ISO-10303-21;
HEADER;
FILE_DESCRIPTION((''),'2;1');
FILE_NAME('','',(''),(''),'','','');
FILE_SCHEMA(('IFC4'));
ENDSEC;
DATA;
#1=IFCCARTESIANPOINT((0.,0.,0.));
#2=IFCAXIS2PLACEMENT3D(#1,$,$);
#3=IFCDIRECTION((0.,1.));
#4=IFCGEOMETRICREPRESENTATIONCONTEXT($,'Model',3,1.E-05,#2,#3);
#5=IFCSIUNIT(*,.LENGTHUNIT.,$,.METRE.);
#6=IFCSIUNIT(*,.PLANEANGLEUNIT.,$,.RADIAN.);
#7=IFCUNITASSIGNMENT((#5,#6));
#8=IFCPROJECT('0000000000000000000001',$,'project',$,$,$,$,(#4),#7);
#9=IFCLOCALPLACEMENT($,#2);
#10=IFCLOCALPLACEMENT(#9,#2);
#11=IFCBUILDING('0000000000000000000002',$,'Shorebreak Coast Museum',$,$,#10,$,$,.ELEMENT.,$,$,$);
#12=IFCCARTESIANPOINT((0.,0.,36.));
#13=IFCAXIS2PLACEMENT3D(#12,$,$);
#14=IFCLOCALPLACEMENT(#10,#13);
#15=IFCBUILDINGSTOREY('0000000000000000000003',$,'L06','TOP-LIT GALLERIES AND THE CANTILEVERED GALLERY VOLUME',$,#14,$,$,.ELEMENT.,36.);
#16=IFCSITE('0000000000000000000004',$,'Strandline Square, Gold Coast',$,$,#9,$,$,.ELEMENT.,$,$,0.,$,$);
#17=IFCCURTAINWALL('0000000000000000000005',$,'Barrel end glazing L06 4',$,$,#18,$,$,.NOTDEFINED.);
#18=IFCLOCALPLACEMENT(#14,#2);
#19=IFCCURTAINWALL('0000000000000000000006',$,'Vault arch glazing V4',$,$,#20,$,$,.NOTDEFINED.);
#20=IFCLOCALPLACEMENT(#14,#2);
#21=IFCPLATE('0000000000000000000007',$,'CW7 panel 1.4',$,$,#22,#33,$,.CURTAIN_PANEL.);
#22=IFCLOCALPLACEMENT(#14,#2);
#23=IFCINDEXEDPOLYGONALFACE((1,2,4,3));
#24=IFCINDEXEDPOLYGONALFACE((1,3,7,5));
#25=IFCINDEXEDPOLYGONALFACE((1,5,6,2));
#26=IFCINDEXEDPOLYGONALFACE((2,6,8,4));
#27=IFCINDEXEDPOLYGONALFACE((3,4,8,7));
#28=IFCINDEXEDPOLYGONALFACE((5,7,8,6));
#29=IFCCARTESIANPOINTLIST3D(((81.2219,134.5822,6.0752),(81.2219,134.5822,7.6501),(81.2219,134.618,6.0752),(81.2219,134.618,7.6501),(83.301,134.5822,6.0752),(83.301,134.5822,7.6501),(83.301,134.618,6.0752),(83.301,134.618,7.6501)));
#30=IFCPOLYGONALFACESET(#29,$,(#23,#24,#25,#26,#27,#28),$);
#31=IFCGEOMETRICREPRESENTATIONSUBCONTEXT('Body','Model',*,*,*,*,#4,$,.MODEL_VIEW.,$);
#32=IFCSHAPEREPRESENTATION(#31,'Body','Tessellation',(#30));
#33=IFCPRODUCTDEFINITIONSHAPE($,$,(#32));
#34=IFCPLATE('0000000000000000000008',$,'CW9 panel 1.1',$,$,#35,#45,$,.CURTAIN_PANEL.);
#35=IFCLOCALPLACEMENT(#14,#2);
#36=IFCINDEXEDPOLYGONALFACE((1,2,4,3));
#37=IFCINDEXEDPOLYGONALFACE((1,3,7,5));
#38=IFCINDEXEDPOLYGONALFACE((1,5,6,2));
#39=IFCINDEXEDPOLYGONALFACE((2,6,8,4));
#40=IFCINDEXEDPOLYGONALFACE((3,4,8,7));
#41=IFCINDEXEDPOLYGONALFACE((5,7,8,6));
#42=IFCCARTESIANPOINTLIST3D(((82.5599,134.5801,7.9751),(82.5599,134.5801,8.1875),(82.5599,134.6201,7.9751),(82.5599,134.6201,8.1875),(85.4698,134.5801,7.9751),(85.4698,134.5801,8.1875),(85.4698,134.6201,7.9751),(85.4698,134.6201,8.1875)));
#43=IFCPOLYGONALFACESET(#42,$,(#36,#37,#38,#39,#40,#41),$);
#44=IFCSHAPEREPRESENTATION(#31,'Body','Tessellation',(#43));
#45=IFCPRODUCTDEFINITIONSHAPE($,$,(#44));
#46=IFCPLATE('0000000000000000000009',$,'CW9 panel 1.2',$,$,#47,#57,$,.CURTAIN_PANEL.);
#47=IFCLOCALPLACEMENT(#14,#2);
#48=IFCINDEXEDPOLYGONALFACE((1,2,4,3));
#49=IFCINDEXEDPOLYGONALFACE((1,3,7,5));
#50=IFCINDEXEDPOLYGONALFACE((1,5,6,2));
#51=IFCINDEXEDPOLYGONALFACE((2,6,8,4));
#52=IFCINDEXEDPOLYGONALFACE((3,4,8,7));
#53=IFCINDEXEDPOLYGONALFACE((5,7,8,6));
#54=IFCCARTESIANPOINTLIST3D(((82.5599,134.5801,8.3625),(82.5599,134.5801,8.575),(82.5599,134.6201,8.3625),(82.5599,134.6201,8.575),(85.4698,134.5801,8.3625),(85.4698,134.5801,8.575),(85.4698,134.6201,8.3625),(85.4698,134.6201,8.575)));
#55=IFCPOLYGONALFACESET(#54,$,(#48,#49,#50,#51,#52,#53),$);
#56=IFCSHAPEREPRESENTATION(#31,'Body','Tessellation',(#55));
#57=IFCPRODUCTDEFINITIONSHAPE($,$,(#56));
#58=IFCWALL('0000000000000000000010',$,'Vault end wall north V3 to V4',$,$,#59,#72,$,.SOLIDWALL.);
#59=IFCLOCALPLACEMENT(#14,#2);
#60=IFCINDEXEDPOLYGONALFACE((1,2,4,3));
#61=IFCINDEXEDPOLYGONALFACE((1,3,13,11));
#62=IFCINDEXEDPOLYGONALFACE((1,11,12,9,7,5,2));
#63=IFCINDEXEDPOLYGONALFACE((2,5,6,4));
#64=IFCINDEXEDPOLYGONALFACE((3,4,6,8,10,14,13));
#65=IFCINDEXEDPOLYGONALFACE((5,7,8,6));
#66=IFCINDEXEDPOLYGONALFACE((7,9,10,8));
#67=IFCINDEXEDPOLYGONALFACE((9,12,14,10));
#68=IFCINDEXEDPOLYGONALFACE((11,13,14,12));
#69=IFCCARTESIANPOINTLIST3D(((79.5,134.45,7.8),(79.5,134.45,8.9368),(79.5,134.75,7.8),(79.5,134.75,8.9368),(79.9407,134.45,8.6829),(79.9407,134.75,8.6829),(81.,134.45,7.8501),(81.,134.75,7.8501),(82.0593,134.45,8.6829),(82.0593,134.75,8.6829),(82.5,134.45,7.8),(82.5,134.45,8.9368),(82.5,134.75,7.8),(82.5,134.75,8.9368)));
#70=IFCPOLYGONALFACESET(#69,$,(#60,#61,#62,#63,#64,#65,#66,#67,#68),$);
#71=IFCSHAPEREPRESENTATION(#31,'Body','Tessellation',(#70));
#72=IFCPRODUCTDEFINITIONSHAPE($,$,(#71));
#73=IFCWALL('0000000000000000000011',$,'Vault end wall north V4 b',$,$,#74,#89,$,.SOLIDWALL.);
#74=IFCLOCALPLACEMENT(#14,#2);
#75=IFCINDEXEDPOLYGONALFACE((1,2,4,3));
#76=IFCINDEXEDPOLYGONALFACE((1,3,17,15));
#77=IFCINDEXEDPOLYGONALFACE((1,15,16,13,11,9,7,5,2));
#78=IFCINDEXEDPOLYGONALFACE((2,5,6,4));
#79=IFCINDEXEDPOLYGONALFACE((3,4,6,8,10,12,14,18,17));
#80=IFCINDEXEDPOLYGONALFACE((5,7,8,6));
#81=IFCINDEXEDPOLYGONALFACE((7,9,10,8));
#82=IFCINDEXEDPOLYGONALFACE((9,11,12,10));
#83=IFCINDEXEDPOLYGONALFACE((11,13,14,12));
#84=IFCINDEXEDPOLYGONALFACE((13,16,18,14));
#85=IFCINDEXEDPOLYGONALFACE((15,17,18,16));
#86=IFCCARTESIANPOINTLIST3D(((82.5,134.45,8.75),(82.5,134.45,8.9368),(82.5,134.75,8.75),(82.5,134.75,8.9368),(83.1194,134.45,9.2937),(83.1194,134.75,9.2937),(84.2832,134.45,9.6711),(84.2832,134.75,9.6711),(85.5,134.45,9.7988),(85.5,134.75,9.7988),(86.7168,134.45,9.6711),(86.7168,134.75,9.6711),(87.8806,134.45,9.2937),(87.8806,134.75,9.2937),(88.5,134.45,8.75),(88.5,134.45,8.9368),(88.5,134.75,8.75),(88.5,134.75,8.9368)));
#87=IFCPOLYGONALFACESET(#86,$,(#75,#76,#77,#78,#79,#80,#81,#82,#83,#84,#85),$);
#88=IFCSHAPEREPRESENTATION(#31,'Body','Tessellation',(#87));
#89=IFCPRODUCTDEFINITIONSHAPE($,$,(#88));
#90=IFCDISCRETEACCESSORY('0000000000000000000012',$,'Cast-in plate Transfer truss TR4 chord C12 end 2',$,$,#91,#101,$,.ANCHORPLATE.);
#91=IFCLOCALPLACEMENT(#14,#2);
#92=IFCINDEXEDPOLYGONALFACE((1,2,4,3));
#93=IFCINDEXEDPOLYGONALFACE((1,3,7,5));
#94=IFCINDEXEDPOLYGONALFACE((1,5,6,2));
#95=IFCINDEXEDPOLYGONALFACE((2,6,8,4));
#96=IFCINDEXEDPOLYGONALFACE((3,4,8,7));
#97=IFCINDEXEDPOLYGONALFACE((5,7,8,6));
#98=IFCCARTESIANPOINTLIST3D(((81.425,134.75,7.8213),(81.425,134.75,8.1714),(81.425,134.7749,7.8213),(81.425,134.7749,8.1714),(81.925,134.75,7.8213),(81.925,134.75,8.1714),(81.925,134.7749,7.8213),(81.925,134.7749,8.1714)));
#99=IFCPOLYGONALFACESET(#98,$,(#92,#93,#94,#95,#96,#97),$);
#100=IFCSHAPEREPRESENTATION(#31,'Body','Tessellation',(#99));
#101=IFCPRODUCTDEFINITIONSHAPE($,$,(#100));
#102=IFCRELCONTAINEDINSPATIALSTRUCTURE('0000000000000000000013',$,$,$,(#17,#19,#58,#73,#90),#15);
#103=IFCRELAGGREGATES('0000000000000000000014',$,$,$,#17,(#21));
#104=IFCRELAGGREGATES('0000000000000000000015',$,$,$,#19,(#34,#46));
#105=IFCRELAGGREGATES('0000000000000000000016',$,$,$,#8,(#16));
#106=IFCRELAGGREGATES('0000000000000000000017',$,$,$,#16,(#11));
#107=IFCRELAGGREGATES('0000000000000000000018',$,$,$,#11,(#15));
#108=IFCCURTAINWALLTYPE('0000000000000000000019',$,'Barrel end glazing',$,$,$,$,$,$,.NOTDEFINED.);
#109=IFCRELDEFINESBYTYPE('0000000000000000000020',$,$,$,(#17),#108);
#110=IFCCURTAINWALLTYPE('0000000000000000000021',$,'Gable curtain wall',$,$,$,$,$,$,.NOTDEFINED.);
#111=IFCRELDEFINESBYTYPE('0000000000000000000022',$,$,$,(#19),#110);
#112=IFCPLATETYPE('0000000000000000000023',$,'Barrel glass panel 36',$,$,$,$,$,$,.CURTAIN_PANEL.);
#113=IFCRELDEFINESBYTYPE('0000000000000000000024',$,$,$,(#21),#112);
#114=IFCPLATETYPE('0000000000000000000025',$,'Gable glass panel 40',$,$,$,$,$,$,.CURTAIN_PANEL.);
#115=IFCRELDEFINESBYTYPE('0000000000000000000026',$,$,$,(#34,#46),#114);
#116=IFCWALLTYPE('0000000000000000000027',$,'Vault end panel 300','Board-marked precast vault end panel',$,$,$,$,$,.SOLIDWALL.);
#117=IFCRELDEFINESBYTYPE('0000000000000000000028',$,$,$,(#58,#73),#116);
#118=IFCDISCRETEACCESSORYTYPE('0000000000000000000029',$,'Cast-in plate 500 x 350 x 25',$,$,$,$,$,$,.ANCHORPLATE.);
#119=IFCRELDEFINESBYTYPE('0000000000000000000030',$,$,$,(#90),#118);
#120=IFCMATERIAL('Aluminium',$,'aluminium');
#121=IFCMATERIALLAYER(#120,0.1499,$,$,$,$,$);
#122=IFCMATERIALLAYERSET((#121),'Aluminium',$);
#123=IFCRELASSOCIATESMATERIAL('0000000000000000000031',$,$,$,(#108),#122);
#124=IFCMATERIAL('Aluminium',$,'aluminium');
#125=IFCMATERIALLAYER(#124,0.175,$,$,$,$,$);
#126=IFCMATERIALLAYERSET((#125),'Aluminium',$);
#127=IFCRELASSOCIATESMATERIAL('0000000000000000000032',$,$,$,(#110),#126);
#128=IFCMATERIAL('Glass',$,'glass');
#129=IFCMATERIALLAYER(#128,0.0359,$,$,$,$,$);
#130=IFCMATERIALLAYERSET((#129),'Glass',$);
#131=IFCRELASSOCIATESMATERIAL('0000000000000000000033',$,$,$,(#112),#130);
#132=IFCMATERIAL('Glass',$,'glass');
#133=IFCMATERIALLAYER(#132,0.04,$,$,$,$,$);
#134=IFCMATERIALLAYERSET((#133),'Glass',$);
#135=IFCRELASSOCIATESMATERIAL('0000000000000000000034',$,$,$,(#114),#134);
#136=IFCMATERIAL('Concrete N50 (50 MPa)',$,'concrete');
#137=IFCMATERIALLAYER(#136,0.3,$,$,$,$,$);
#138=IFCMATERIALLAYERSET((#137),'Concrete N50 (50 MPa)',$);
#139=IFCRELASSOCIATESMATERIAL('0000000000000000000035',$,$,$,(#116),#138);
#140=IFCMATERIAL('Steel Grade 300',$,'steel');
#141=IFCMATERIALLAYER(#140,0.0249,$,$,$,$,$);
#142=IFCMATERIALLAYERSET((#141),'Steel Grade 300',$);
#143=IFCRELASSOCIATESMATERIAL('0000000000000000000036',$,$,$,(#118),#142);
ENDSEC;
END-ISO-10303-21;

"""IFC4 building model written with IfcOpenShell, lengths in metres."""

from ifc_helpers import new_model, si_unit, direction, frame, origin, origin_2d, place, context, subcontext, project, spatial, polyline, rectangle, outline, extrude, material, layer, layer_set, type_object, element, aggregate, save


model = new_model("IFC4")

# Units and contexts
model_context = context("Model", 3, precision=1e-05, world=origin(), true_north=direction((0.0, 1.0)))
body_context = subcontext(model_context, "Body", "Model", "MODEL_VIEW")
ifc_project = project(units=[si_unit("LENGTHUNIT", "METRE"), si_unit("PLANEANGLEUNIT", "RADIAN")], contexts=[model_context])

# Site, building, storey
site_placement = place(None, origin())
site = spatial("IfcSite", under=ifc_project, at=site_placement, Name="Strandline Square, Gold Coast", CompositionType="ELEMENT", RefElevation=0.0)
building_placement = place(site_placement, origin())
building = spatial("IfcBuilding", under=site, at=building_placement, Name="Shorebreak Coast Museum", CompositionType="ELEMENT")
storey_placement = place(building_placement, frame((0.0, 0.0, 36.0)))
storey = spatial("IfcBuildingStorey", under=building, at=storey_placement, Name="L06", Description="TOP-LIT GALLERIES AND THE CANTILEVERED GALLERY VOLUME", CompositionType="ELEMENT", Elevation=36.0)

# Shared definitions
ifc_material_1 = material(Name="Aluminium", Category="aluminium")
ifc_layer_1 = layer(ifc_material_1, 0.1499)
ifc_layer_set_1 = layer_set([ifc_layer_1], Name="Aluminium")
curtain_wall_type_1 = type_object("IfcCurtainWallType", Name="Barrel end glazing", PredefinedType="NOTDEFINED", material=ifc_layer_set_1)

# Curtain wall
curtain_wall_1_placement = place(storey_placement, origin())
curtain_wall_1 = element("IfcCurtainWall", 1, at=curtain_wall_1_placement, inside=storey, type_object=curtain_wall_type_1, Name="Barrel end glazing L06 4", PredefinedType="NOTDEFINED")

# Shared definitions
ifc_material_2 = material(Name="Aluminium", Category="aluminium")
ifc_layer_2 = layer(ifc_material_2, 0.175)
ifc_layer_set_2 = layer_set([ifc_layer_2], Name="Aluminium")
curtain_wall_type_2 = type_object("IfcCurtainWallType", Name="Gable curtain wall", PredefinedType="NOTDEFINED", material=ifc_layer_set_2)

# Curtain wall
curtain_wall_2_placement = place(storey_placement, origin())
curtain_wall_2 = element("IfcCurtainWall", 2, at=curtain_wall_2_placement, inside=storey, type_object=curtain_wall_type_2, Name="Vault arch glazing V4", PredefinedType="NOTDEFINED")

# Plates
ifc_material_3 = material(Name="Glass", Category="glass")
ifc_layer_3 = layer(ifc_material_3, 0.0359)
ifc_layer_set_3 = layer_set([ifc_layer_3], Name="Glass")
plate_type_1 = type_object("IfcPlateType", Name="Barrel glass panel 36", PredefinedType="CURTAIN_PANEL", material=ifc_layer_set_3)
plate_1_placement = place(storey_placement, frame((82.2615, 134.6001, 6.0752), z_axis=(0.0, 0.0, 1.0), x_axis=(1.0, 0.0, 0.0)))
plate_1 = element("IfcPlate", 3, at=plate_1_placement, type_object=plate_type_1, Name="CW7 panel 1.4", PredefinedType="CURTAIN_PANEL", context=body_context, shape_type="SweptSolid", body=[
    extrude(rectangle(XDim=2.0791, YDim=0.0359, at=origin_2d()), origin(), (0.0, 0.0, 1.0), 1.575),
])
aggregate(curtain_wall_1, [plate_1])
ifc_material_4 = material(Name="Glass", Category="glass")
ifc_layer_4 = layer(ifc_material_4, 0.04)
ifc_layer_set_4 = layer_set([ifc_layer_4], Name="Glass")
plate_type_2 = type_object("IfcPlateType", Name="Gable glass panel 40", PredefinedType="CURTAIN_PANEL", material=ifc_layer_set_4)
plate_2_placement = place(storey_placement, frame((84.0149, 134.6001, 7.9751), z_axis=(0.0, 0.0, 1.0), x_axis=(1.0, 0.0, 0.0)))
plate_2 = element("IfcPlate", 4, at=plate_2_placement, type_object=plate_type_2, Name="CW9 panel 1.1", PredefinedType="CURTAIN_PANEL", context=body_context, shape_type="SweptSolid", body=[
    extrude(rectangle(XDim=2.9099, YDim=0.04, at=origin_2d()), origin(), (0.0, 0.0, 1.0), 0.2124),
])
plate_3_placement = place(storey_placement, frame((84.0149, 134.6001, 8.3625), z_axis=(0.0, 0.0, 1.0), x_axis=(1.0, 0.0, 0.0)))
plate_3 = element("IfcPlate", 5, at=plate_3_placement, type_object=plate_type_2, Name="CW9 panel 1.2", PredefinedType="CURTAIN_PANEL", context=body_context, shape_type="SweptSolid", body=[
    extrude(rectangle(XDim=2.9099, YDim=0.04, at=origin_2d()), origin(), (0.0, 0.0, 1.0), 0.2124),
])
aggregate(curtain_wall_2, [plate_2, plate_3])

# Walls
ifc_material_5 = material(Name="Concrete N50 (50 MPa)", Category="concrete")
ifc_layer_5 = layer(ifc_material_5, 0.3)
ifc_layer_set_5 = layer_set([ifc_layer_5], Name="Concrete N50 (50 MPa)")
wall_type = type_object("IfcWallType", Name="Vault end panel 300", Description="Board-marked precast vault end panel", PredefinedType="SOLIDWALL", material=ifc_layer_set_5)
wall_1_placement = place(storey_placement, frame((79.5, 134.6001, 7.8), z_axis=(0.0, 0.0, 1.0), x_axis=(1.0, 0.0, 0.0)))
element("IfcWall", 6, at=wall_1_placement, inside=storey, type_object=wall_type, Name="Vault end wall north V3 to V4", PredefinedType="SOLIDWALL", context=body_context, shape_type="SweptSolid", body=[
    extrude(outline(polyline([(0.0, 0.0), (3.0, 0.0), (3.0, 1.1367), (2.5593, 0.8828), (1.5, 0.05), (0.4407, 0.8828), (0.0, 1.1367), (0.0, 0.0)])), frame((0.0, 0.1499, 0.0), z_axis=(0.0, -1.0, 0.0), x_axis=(1.0, 0.0, 0.0)), (0.0, 0.0, 1.0), 0.3),
])
wall_2_placement = place(storey_placement, frame((82.5, 134.6001, 8.75), z_axis=(0.0, 0.0, 1.0), x_axis=(1.0, 0.0, 0.0)))
element("IfcWall", 7, at=wall_2_placement, inside=storey, type_object=wall_type, Name="Vault end wall north V4 b", PredefinedType="SOLIDWALL", context=body_context, shape_type="SweptSolid", body=[
    extrude(outline(polyline([(0.0, 0.0), (6.0, 0.0), (6.0, 0.1868), (5.3806, 0.5437), (4.2168, 0.9211), (3.0, 1.0488), (1.7832, 0.9211), (0.6194, 0.5437), (0.0, 0.1868), (0.0, 0.0)])), frame((0.0, 0.1499, 0.0), z_axis=(0.0, -1.0, 0.0), x_axis=(1.0, 0.0, 0.0)), (0.0, 0.0, 1.0), 0.3),
])

# Discrete accessory
ifc_material_6 = material(Name="Steel Grade 300", Category="steel")
ifc_layer_6 = layer(ifc_material_6, 0.0249)
ifc_layer_set_6 = layer_set([ifc_layer_6], Name="Steel Grade 300")
discrete_accessory_type = type_object("IfcDiscreteAccessoryType", Name="Cast-in plate 500 x 350 x 25", PredefinedType="ANCHORPLATE", material=ifc_layer_set_6)
discrete_accessory_placement = place(storey_placement, frame((81.425, 134.75, 7.8213), z_axis=(0.0, -1.0, 0.0), x_axis=(1.0, 0.0, 0.0)))
element("IfcDiscreteAccessory", 8, at=discrete_accessory_placement, inside=storey, type_object=discrete_accessory_type, Name="Cast-in plate Transfer truss TR4 chord C12 end 2", PredefinedType="ANCHORPLATE", context=body_context, shape_type="SweptSolid", body=[
    extrude(outline(polyline([(0.0, 0.0), (0.5, 0.0), (0.5, 0.3501), (0.0, 0.3501), (0.0, 0.0)])), origin(), (0.0, 0.0, -1.0), 0.0249),
])

save(model, "model.ifc")
